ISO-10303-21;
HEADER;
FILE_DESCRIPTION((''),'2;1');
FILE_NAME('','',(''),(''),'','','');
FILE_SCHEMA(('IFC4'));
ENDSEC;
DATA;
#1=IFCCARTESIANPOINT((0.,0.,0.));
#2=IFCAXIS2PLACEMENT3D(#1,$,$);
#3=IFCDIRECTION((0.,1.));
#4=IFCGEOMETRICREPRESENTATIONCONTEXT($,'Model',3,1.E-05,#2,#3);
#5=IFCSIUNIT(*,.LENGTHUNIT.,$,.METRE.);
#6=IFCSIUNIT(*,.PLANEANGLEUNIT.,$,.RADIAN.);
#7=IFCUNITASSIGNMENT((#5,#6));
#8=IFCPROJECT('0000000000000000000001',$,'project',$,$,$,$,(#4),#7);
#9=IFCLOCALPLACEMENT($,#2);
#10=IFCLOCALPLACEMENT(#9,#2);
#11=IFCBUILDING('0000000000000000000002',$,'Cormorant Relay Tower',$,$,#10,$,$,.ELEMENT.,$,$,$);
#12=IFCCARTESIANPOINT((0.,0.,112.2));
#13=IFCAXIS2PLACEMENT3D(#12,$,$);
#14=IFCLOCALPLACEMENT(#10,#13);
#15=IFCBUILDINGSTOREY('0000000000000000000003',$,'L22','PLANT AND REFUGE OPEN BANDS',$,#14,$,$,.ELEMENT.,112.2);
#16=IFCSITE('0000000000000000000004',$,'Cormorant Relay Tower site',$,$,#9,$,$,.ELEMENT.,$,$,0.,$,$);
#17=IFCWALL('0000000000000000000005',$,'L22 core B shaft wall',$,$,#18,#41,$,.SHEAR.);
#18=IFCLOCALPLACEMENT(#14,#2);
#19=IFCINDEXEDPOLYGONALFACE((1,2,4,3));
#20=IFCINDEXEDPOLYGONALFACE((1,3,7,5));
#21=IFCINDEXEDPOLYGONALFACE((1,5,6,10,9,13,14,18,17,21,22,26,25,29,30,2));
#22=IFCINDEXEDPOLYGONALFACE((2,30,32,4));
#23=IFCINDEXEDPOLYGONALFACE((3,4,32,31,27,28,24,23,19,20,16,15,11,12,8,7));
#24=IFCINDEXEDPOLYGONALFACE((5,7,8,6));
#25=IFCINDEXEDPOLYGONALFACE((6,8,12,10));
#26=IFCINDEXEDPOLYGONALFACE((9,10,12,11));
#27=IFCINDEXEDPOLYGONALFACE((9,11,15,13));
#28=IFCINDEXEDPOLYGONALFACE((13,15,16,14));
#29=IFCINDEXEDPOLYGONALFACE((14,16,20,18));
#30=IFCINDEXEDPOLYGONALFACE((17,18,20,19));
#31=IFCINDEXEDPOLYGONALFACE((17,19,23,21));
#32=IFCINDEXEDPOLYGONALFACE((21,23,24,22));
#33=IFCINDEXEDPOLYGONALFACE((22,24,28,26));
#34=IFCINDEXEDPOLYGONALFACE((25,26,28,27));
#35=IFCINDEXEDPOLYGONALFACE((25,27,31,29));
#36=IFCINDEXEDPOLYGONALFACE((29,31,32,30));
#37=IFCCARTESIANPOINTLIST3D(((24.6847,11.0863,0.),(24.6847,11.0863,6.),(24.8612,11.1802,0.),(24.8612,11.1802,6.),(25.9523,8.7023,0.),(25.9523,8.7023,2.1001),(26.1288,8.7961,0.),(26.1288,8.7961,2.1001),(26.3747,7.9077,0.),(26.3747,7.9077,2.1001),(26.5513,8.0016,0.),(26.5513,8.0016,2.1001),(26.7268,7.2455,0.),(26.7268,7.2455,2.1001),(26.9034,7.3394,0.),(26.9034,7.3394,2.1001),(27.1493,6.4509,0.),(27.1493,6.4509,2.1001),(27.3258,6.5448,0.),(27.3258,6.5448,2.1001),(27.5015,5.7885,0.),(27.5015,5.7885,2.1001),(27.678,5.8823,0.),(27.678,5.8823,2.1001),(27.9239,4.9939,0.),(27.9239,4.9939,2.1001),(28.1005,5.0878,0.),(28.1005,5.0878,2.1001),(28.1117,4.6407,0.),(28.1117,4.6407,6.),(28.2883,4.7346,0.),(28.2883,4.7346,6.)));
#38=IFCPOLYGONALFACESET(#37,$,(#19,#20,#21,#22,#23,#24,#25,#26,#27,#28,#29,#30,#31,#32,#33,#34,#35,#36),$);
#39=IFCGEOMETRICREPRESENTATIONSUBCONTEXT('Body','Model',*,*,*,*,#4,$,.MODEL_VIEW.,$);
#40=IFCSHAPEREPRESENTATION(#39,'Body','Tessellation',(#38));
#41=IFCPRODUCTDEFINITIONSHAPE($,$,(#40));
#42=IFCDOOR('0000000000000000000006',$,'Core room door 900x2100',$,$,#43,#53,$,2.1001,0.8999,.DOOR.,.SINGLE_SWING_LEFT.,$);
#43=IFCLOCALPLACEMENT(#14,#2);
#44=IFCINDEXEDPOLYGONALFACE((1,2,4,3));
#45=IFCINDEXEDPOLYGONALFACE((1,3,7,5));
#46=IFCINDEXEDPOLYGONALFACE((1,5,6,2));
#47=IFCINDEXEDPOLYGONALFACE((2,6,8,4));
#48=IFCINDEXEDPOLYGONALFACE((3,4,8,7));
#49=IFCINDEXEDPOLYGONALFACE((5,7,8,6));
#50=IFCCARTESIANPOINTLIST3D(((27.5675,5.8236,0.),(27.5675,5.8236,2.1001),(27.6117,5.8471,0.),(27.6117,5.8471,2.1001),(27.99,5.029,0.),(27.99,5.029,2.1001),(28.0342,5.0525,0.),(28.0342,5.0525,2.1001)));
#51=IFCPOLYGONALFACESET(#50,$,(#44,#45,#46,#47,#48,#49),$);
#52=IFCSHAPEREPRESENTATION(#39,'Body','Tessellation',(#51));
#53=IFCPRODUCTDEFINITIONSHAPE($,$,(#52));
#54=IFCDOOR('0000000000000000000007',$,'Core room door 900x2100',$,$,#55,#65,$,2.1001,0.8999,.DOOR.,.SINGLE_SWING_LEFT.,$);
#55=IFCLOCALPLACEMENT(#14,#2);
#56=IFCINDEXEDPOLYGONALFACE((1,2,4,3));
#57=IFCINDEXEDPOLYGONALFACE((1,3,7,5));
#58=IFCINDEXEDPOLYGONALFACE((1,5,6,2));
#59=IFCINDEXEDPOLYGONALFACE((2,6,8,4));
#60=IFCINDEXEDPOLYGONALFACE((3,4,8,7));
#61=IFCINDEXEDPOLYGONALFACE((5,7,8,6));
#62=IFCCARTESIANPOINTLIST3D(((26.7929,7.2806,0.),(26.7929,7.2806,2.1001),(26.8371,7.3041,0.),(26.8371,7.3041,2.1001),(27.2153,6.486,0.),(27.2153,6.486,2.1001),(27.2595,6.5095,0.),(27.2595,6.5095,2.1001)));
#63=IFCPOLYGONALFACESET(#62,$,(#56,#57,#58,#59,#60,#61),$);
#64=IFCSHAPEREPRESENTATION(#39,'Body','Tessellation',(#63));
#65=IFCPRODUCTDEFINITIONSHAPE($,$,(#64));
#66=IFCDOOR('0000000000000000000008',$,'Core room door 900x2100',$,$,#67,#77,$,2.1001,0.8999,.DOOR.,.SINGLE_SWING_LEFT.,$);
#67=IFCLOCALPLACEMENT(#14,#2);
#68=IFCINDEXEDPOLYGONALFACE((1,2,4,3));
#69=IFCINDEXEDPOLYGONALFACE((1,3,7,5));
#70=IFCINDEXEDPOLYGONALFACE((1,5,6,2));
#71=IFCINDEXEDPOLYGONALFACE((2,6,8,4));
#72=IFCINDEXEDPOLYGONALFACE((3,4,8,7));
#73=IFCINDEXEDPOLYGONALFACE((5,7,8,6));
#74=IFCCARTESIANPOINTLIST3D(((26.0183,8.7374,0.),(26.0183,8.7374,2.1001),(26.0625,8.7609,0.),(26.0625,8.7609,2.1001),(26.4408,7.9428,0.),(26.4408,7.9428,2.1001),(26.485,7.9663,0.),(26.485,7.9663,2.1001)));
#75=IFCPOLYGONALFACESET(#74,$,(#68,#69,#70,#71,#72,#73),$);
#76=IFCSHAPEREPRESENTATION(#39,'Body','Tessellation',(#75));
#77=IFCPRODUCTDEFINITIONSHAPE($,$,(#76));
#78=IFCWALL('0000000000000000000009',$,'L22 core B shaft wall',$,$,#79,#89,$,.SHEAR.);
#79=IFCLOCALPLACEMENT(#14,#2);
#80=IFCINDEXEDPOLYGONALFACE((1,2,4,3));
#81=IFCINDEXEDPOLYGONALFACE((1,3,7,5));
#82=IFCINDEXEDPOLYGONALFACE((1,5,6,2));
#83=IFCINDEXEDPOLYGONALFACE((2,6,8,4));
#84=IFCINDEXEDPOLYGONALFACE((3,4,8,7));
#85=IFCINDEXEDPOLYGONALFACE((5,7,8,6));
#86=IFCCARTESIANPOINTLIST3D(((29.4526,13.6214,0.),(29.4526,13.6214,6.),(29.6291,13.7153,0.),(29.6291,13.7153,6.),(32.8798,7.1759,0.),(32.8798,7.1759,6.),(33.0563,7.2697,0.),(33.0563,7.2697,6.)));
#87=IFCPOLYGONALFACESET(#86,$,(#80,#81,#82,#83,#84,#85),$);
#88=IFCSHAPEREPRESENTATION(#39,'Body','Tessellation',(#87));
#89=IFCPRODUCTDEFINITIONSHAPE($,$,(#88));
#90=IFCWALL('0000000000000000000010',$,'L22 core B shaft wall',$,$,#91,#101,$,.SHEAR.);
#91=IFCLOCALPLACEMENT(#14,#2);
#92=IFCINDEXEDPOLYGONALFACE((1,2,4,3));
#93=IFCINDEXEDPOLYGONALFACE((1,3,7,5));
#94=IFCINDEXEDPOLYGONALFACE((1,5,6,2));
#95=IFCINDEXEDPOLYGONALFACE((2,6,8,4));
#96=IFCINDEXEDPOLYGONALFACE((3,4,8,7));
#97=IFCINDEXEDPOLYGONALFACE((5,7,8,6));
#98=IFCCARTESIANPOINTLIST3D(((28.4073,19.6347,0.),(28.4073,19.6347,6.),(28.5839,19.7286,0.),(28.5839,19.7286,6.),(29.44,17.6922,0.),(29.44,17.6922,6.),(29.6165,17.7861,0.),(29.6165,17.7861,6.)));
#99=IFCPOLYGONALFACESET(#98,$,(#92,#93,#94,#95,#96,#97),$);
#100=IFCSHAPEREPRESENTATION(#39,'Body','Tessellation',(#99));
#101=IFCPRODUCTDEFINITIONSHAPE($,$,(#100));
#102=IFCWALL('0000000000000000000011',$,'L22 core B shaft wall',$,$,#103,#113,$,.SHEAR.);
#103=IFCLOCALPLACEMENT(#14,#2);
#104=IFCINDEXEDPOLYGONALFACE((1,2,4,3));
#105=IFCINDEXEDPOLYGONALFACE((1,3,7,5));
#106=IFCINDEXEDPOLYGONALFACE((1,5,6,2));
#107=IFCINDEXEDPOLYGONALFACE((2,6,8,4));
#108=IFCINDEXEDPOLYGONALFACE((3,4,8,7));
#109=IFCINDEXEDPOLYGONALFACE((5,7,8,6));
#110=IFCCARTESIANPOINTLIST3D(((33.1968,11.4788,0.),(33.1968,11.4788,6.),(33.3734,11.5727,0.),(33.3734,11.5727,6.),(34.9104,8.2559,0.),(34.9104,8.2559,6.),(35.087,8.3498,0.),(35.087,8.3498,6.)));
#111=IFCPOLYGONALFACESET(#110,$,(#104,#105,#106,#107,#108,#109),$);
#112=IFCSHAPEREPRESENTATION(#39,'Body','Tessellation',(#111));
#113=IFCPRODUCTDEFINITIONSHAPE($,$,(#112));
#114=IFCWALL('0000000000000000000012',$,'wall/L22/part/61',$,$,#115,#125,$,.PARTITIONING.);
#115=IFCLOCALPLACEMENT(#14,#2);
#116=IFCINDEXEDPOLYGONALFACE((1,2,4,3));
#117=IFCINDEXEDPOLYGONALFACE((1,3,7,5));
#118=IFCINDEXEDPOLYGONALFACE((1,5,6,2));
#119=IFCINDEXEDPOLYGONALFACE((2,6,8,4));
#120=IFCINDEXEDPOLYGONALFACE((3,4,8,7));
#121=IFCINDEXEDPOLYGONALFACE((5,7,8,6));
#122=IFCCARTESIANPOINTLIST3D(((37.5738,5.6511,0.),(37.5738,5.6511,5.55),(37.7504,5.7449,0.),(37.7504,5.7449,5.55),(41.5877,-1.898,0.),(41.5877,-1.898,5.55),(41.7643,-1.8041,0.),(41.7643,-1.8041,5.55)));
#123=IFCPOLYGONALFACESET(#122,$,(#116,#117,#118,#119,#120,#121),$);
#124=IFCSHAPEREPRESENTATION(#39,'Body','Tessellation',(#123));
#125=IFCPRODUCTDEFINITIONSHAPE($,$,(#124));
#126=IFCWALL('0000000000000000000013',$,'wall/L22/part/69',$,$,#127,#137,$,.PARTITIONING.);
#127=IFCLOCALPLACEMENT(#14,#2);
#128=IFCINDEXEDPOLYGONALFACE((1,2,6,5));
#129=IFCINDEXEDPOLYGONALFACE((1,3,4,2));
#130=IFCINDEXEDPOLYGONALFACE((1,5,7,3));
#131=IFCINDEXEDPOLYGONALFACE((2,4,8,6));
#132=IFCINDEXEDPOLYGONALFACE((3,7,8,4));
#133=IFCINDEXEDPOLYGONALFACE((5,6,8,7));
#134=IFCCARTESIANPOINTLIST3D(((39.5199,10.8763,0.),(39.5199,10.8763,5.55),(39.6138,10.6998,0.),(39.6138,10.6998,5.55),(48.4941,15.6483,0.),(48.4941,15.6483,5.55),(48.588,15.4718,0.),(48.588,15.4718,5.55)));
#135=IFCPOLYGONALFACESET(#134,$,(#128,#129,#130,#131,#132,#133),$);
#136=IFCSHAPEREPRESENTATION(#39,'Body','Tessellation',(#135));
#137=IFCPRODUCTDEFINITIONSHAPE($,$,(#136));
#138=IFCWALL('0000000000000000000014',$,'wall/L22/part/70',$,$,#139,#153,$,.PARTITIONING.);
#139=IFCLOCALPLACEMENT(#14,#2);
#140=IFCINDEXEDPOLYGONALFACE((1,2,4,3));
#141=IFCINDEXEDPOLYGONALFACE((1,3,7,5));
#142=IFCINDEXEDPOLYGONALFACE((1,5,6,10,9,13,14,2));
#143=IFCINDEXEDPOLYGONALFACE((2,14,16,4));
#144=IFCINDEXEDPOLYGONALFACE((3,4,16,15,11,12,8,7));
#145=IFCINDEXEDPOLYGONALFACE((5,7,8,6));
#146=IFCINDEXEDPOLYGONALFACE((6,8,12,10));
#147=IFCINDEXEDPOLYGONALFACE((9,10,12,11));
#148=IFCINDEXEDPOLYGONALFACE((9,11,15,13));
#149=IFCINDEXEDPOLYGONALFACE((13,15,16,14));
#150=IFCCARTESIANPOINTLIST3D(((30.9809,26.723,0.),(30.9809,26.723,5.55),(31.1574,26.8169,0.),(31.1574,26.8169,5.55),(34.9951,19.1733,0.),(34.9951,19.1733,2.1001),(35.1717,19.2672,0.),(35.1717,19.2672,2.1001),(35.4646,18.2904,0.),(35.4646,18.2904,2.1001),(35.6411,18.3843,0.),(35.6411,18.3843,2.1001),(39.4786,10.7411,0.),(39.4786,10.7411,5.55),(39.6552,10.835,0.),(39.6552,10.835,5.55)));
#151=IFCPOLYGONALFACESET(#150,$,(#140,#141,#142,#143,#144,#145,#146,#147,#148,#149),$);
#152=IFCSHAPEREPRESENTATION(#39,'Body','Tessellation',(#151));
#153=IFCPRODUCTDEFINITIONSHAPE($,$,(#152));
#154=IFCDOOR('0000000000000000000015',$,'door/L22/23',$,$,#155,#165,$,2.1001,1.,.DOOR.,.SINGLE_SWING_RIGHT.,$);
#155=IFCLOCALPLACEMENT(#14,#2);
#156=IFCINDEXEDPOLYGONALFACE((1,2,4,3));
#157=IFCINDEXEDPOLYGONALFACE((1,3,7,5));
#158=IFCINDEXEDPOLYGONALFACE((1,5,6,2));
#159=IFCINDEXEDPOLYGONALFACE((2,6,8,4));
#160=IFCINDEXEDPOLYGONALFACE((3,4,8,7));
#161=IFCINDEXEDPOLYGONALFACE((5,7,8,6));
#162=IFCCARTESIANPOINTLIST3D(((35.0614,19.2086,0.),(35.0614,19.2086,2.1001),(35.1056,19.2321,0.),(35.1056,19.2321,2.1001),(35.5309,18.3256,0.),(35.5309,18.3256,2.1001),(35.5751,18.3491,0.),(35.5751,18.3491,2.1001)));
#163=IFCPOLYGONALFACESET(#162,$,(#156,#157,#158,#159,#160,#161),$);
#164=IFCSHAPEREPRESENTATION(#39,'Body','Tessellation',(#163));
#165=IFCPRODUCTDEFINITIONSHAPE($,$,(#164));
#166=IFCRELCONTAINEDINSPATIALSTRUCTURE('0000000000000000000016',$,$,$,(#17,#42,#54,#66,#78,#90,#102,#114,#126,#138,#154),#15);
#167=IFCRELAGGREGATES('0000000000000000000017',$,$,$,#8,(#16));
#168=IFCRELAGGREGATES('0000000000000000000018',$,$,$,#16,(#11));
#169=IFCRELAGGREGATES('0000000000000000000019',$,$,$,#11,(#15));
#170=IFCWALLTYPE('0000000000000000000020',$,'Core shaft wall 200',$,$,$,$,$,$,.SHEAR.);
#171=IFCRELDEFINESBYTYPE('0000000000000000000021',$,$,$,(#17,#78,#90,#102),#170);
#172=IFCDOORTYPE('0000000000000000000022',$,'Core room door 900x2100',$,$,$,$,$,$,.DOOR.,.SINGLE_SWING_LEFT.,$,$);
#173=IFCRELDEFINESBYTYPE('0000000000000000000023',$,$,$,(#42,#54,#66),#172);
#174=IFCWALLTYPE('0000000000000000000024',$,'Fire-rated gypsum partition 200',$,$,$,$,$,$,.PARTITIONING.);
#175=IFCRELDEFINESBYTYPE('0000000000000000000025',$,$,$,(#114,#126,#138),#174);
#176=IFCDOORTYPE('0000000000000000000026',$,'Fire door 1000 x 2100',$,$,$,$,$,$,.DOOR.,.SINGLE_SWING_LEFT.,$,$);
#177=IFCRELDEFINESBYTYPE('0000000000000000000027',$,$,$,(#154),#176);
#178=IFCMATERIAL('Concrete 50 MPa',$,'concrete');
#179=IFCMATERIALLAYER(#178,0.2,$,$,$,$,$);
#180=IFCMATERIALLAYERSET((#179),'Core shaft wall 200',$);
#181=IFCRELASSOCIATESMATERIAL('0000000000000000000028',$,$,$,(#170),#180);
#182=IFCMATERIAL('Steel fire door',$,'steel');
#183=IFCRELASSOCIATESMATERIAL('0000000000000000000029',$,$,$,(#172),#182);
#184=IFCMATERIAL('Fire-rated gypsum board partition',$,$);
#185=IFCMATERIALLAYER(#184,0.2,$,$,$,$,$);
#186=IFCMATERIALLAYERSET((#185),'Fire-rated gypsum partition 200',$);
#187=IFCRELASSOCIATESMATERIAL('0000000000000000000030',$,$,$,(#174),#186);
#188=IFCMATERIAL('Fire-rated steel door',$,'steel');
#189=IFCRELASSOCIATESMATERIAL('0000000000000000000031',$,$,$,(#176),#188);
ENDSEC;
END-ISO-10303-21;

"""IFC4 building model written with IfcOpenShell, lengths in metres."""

from ifc_helpers import new_model, si_unit, direction, frame, frame_2d, origin, place, context, subcontext, project, spatial, rectangle, extrude, material, layer, layer_set, type_object, element, fill, save


model = new_model("IFC4")

# Units and contexts
model_context = context("Model", 3, precision=1e-05, world=origin(), true_north=direction((0.0, 1.0)))
body_context = subcontext(model_context, "Body", "Model", "MODEL_VIEW")
ifc_project = project(units=[si_unit("LENGTHUNIT", "METRE"), si_unit("PLANEANGLEUNIT", "RADIAN")], contexts=[model_context])

# Site, building, storey
site_placement = place(None, origin())
site = spatial("IfcSite", under=ifc_project, at=site_placement, Name="Cormorant Relay Tower site", CompositionType="ELEMENT", RefElevation=0.0)
building_placement = place(site_placement, origin())
building = spatial("IfcBuilding", under=site, at=building_placement, Name="Cormorant Relay Tower", CompositionType="ELEMENT")
storey_placement = place(building_placement, frame((0.0, 0.0, 112.2)))
storey = spatial("IfcBuildingStorey", under=building, at=storey_placement, Name="L22", Description="PLANT AND REFUGE OPEN BANDS", CompositionType="ELEMENT", Elevation=112.2)

# Wall, openings, doors
ifc_material_1 = material(Name="Concrete 50 MPa", Category="concrete")
ifc_layer_1 = layer(ifc_material_1, 0.2)
ifc_layer_set_1 = layer_set([ifc_layer_1], Name="Core shaft wall 200")
wall_type_1 = type_object("IfcWallType", Name="Core shaft wall 200", PredefinedType="SHEAR", material=ifc_layer_set_1)
wall_1_placement = place(storey_placement, frame((28.2, 4.6877, 0.0), z_axis=(0.0, 0.0, 1.0), x_axis=(-0.469454, 0.882957, 0.0)))
wall_1 = element("IfcWall", 1, at=wall_1_placement, inside=storey, type_object=wall_type_1, Name="L22 core B shaft wall", PredefinedType="SHEAR", context=body_context, shape_type="SweptSolid", body=[
    extrude(rectangle(XDim=7.3, YDim=0.2, at=frame_2d((3.6499, 0.0))), origin(), (0.0, 0.0, 1.0), 6.0),
])
opening_1_placement = place(wall_1_placement, frame((0.3999, 0.0, 0.0)))
opening_1 = element("IfcOpeningElement", 2, at=opening_1_placement, cuts=wall_1, PredefinedType="OPENING", context=body_context, shape_type="SweptSolid", body=[
    extrude(rectangle(XDim=0.8999, YDim=2.1001, at=frame_2d((0.45, 1.05))), frame((0.0, 0.1099, 0.0), z_axis=(0.0, -1.0, 0.0), x_axis=(1.0, 0.0, 0.0)), (0.0, 0.0, 1.0), 0.22),
])
opening_2_placement = place(wall_1_placement, frame((2.05, 0.0, 0.0)))
opening_2 = element("IfcOpeningElement", 3, at=opening_2_placement, cuts=wall_1, PredefinedType="OPENING", context=body_context, shape_type="SweptSolid", body=[
    extrude(rectangle(XDim=0.8999, YDim=2.1001, at=frame_2d((0.45, 1.05))), frame((0.0, 0.1099, 0.0), z_axis=(0.0, -1.0, 0.0), x_axis=(1.0, 0.0, 0.0)), (0.0, 0.0, 1.0), 0.22),
])
opening_3_placement = place(wall_1_placement, frame((3.7, 0.0, 0.0)))
opening_3 = element("IfcOpeningElement", 4, at=opening_3_placement, cuts=wall_1, PredefinedType="OPENING", context=body_context, shape_type="SweptSolid", body=[
    extrude(rectangle(XDim=0.8999, YDim=2.1001, at=frame_2d((0.45, 1.05))), frame((0.0, 0.1099, 0.0), z_axis=(0.0, -1.0, 0.0), x_axis=(1.0, 0.0, 0.0)), (0.0, 0.0, 1.0), 0.22),
])
ifc_material_2 = material(Name="Steel fire door", Category="steel")
door_type_1 = type_object("IfcDoorType", Name="Core room door 900x2100", OperationType="SINGLE_SWING_LEFT", PredefinedType="DOOR", material=ifc_material_2)
door_1_placement = place(opening_1_placement, frame((0.8999, 0.0, 0.0), z_axis=(0.0, 0.0, 1.0), x_axis=(-1.0, 0.0, 0.0)))
door_1 = element("IfcDoor", 5, at=door_1_placement, inside=storey, type_object=door_type_1, Name="Core room door 900x2100", OperationType="SINGLE_SWING_LEFT", OverallHeight=2.1001, OverallWidth=0.8999, PredefinedType="DOOR", context=body_context, shape_type="SweptSolid", body=[
    extrude(rectangle(XDim=0.8999, YDim=2.1001, at=frame_2d((0.45, 1.05))), frame((0.0, 0.0249, 0.0), z_axis=(0.0, -1.0, 0.0), x_axis=(1.0, 0.0, 0.0)), (0.0, 0.0, 1.0), 0.05),
])
fill(opening_1, door_1)
door_2_placement = place(opening_2_placement, frame((0.8999, 0.0, 0.0), z_axis=(0.0, 0.0, 1.0), x_axis=(-1.0, 0.0, 0.0)))
door_2 = element("IfcDoor", 6, at=door_2_placement, inside=storey, type_object=door_type_1, Name="Core room door 900x2100", OperationType="SINGLE_SWING_LEFT", OverallHeight=2.1001, OverallWidth=0.8999, PredefinedType="DOOR", context=body_context, shape_type="SweptSolid", body=[
    extrude(rectangle(XDim=0.8999, YDim=2.1001, at=frame_2d((0.45, 1.05))), frame((0.0, 0.0249, 0.0), z_axis=(0.0, -1.0, 0.0), x_axis=(1.0, 0.0, 0.0)), (0.0, 0.0, 1.0), 0.05),
])
fill(opening_2, door_2)
door_3_placement = place(opening_3_placement, frame((0.8999, 0.0, 0.0), z_axis=(0.0, 0.0, 1.0), x_axis=(-1.0, 0.0, 0.0)))
door_3 = element("IfcDoor", 7, at=door_3_placement, inside=storey, type_object=door_type_1, Name="Core room door 900x2100", OperationType="SINGLE_SWING_LEFT", OverallHeight=2.1001, OverallWidth=0.8999, PredefinedType="DOOR", context=body_context, shape_type="SweptSolid", body=[
    extrude(rectangle(XDim=0.8999, YDim=2.1001, at=frame_2d((0.45, 1.05))), frame((0.0, 0.0249, 0.0), z_axis=(0.0, -1.0, 0.0), x_axis=(1.0, 0.0, 0.0)), (0.0, 0.0, 1.0), 0.05),
])
fill(opening_3, door_3)

# Walls
wall_2_placement = place(storey_placement, frame((32.968, 7.2229, 0.0), z_axis=(0.0, 0.0, 1.0), x_axis=(-0.46948, 0.882943, 0.0)))
element("IfcWall", 8, at=wall_2_placement, inside=storey, type_object=wall_type_1, Name="L22 core B shaft wall", PredefinedType="SHEAR", context=body_context, shape_type="SweptSolid", body=[
    extrude(rectangle(XDim=7.3, YDim=0.2, at=frame_2d((3.6499, 0.0))), origin(), (0.0, 0.0, 1.0), 6.0),
])
wall_3_placement = place(storey_placement, frame((29.5283, 17.739, 0.0), z_axis=(0.0, 0.0, 1.0), x_axis=(-0.469401, 0.882985, 0.0)))
element("IfcWall", 9, at=wall_3_placement, inside=storey, type_object=wall_type_1, Name="L22 core B shaft wall", PredefinedType="SHEAR", context=body_context, shape_type="SweptSolid", body=[
    extrude(rectangle(XDim=2.2, YDim=0.2, at=frame_2d((1.1001, 0.0))), origin(), (0.0, 0.0, 1.0), 6.0),
])
wall_4_placement = place(storey_placement, frame((34.9988, 8.3027, 0.0), z_axis=(0.0, 0.0, 1.0), x_axis=(-0.469467, 0.88295, 0.0)))
element("IfcWall", 10, at=wall_4_placement, inside=storey, type_object=wall_type_1, Name="L22 core B shaft wall", PredefinedType="SHEAR", context=body_context, shape_type="SweptSolid", body=[
    extrude(rectangle(XDim=3.6501, YDim=0.2, at=frame_2d((1.8252, 0.0))), origin(), (0.0, 0.0, 1.0), 6.0),
])

# Walls
ifc_material_3 = material(Name="Fire-rated gypsum board partition")
ifc_layer_2 = layer(ifc_material_3, 0.2)
ifc_layer_set_2 = layer_set([ifc_layer_2], Name="Fire-rated gypsum partition 200")
wall_type_2 = type_object("IfcWallType", Name="Fire-rated gypsum partition 200", PredefinedType="PARTITIONING", material=ifc_layer_set_2)
wall_5_placement = place(storey_placement, frame((37.6621, 5.698, 0.0), z_axis=(0.0, 0.0, 1.0), x_axis=(0.469472, -0.882947, 0.0)))
element("IfcWall", 11, at=wall_5_placement, inside=storey, type_object=wall_type_2, Name="wall/L22/part/61", PredefinedType="PARTITIONING", context=body_context, shape_type="SweptSolid", body=[
    extrude(rectangle(XDim=8.5498, YDim=0.2, at=frame_2d((4.2749, 0.0))), origin(), (0.0, 0.0, 1.0), 5.55),
])
wall_6_placement = place(storey_placement, frame((48.541, 15.5601, 0.0), z_axis=(0.0, 0.0, 1.0), x_axis=(-0.882933, -0.469498, 0.0)))
element("IfcWall", 12, at=wall_6_placement, inside=storey, type_object=wall_type_2, Name="wall/L22/part/69", PredefinedType="PARTITIONING", context=body_context, shape_type="SweptSolid", body=[
    extrude(rectangle(XDim=10.1641, YDim=0.2, at=frame_2d((5.082, 0.0))), origin(), (0.0, 0.0, 1.0), 5.55),
])

# Wall, opening, door
wall_7_placement = place(storey_placement, frame((39.5669, 10.7881, 0.0), z_axis=(0.0, 0.0, 1.0), x_axis=(-0.469474, 0.882946, 0.0)))
wall_7 = element("IfcWall", 13, at=wall_7_placement, inside=storey, type_object=wall_type_2, Name="wall/L22/part/70", PredefinedType="PARTITIONING", context=body_context, shape_type="SweptSolid", body=[
    extrude(rectangle(XDim=18.1006, YDim=0.2, at=frame_2d((9.0503, 0.0))), origin(), (0.0, 0.0, 1.0), 5.55),
])
opening_4_placement = place(wall_7_placement, frame((8.55, 0.0, 0.0)))
opening_4 = element("IfcOpeningElement", 14, at=opening_4_placement, cuts=wall_7, PredefinedType="OPENING", context=body_context, shape_type="SweptSolid", body=[
    extrude(rectangle(XDim=1.0, YDim=2.1001, at=frame_2d((0.5, 1.05))), frame((0.0, 0.1099, 0.0), z_axis=(0.0, -1.0, 0.0), x_axis=(1.0, 0.0, 0.0)), (0.0, 0.0, 1.0), 0.22),
])
ifc_material_4 = material(Name="Fire-rated steel door", Category="steel")
door_type_2 = type_object("IfcDoorType", Name="Fire door 1000 x 2100", OperationType="SINGLE_SWING_LEFT", PredefinedType="DOOR", material=ifc_material_4)
door_4_placement = place(opening_4_placement, origin())
door_4 = element("IfcDoor", 15, at=door_4_placement, inside=storey, type_object=door_type_2, Name="door/L22/23", OperationType="SINGLE_SWING_RIGHT", OverallHeight=2.1001, OverallWidth=1.0, PredefinedType="DOOR", context=body_context, shape_type="SweptSolid", body=[
    extrude(rectangle(XDim=1.0, YDim=2.1001, at=frame_2d((0.5, 1.05))), frame((0.0, 0.0249, 0.0), z_axis=(0.0, -1.0, 0.0), x_axis=(1.0, 0.0, 0.0)), (0.0, 0.0, 1.0), 0.05),
])
fill(opening_4, door_4)

save(model, "model.ifc")
